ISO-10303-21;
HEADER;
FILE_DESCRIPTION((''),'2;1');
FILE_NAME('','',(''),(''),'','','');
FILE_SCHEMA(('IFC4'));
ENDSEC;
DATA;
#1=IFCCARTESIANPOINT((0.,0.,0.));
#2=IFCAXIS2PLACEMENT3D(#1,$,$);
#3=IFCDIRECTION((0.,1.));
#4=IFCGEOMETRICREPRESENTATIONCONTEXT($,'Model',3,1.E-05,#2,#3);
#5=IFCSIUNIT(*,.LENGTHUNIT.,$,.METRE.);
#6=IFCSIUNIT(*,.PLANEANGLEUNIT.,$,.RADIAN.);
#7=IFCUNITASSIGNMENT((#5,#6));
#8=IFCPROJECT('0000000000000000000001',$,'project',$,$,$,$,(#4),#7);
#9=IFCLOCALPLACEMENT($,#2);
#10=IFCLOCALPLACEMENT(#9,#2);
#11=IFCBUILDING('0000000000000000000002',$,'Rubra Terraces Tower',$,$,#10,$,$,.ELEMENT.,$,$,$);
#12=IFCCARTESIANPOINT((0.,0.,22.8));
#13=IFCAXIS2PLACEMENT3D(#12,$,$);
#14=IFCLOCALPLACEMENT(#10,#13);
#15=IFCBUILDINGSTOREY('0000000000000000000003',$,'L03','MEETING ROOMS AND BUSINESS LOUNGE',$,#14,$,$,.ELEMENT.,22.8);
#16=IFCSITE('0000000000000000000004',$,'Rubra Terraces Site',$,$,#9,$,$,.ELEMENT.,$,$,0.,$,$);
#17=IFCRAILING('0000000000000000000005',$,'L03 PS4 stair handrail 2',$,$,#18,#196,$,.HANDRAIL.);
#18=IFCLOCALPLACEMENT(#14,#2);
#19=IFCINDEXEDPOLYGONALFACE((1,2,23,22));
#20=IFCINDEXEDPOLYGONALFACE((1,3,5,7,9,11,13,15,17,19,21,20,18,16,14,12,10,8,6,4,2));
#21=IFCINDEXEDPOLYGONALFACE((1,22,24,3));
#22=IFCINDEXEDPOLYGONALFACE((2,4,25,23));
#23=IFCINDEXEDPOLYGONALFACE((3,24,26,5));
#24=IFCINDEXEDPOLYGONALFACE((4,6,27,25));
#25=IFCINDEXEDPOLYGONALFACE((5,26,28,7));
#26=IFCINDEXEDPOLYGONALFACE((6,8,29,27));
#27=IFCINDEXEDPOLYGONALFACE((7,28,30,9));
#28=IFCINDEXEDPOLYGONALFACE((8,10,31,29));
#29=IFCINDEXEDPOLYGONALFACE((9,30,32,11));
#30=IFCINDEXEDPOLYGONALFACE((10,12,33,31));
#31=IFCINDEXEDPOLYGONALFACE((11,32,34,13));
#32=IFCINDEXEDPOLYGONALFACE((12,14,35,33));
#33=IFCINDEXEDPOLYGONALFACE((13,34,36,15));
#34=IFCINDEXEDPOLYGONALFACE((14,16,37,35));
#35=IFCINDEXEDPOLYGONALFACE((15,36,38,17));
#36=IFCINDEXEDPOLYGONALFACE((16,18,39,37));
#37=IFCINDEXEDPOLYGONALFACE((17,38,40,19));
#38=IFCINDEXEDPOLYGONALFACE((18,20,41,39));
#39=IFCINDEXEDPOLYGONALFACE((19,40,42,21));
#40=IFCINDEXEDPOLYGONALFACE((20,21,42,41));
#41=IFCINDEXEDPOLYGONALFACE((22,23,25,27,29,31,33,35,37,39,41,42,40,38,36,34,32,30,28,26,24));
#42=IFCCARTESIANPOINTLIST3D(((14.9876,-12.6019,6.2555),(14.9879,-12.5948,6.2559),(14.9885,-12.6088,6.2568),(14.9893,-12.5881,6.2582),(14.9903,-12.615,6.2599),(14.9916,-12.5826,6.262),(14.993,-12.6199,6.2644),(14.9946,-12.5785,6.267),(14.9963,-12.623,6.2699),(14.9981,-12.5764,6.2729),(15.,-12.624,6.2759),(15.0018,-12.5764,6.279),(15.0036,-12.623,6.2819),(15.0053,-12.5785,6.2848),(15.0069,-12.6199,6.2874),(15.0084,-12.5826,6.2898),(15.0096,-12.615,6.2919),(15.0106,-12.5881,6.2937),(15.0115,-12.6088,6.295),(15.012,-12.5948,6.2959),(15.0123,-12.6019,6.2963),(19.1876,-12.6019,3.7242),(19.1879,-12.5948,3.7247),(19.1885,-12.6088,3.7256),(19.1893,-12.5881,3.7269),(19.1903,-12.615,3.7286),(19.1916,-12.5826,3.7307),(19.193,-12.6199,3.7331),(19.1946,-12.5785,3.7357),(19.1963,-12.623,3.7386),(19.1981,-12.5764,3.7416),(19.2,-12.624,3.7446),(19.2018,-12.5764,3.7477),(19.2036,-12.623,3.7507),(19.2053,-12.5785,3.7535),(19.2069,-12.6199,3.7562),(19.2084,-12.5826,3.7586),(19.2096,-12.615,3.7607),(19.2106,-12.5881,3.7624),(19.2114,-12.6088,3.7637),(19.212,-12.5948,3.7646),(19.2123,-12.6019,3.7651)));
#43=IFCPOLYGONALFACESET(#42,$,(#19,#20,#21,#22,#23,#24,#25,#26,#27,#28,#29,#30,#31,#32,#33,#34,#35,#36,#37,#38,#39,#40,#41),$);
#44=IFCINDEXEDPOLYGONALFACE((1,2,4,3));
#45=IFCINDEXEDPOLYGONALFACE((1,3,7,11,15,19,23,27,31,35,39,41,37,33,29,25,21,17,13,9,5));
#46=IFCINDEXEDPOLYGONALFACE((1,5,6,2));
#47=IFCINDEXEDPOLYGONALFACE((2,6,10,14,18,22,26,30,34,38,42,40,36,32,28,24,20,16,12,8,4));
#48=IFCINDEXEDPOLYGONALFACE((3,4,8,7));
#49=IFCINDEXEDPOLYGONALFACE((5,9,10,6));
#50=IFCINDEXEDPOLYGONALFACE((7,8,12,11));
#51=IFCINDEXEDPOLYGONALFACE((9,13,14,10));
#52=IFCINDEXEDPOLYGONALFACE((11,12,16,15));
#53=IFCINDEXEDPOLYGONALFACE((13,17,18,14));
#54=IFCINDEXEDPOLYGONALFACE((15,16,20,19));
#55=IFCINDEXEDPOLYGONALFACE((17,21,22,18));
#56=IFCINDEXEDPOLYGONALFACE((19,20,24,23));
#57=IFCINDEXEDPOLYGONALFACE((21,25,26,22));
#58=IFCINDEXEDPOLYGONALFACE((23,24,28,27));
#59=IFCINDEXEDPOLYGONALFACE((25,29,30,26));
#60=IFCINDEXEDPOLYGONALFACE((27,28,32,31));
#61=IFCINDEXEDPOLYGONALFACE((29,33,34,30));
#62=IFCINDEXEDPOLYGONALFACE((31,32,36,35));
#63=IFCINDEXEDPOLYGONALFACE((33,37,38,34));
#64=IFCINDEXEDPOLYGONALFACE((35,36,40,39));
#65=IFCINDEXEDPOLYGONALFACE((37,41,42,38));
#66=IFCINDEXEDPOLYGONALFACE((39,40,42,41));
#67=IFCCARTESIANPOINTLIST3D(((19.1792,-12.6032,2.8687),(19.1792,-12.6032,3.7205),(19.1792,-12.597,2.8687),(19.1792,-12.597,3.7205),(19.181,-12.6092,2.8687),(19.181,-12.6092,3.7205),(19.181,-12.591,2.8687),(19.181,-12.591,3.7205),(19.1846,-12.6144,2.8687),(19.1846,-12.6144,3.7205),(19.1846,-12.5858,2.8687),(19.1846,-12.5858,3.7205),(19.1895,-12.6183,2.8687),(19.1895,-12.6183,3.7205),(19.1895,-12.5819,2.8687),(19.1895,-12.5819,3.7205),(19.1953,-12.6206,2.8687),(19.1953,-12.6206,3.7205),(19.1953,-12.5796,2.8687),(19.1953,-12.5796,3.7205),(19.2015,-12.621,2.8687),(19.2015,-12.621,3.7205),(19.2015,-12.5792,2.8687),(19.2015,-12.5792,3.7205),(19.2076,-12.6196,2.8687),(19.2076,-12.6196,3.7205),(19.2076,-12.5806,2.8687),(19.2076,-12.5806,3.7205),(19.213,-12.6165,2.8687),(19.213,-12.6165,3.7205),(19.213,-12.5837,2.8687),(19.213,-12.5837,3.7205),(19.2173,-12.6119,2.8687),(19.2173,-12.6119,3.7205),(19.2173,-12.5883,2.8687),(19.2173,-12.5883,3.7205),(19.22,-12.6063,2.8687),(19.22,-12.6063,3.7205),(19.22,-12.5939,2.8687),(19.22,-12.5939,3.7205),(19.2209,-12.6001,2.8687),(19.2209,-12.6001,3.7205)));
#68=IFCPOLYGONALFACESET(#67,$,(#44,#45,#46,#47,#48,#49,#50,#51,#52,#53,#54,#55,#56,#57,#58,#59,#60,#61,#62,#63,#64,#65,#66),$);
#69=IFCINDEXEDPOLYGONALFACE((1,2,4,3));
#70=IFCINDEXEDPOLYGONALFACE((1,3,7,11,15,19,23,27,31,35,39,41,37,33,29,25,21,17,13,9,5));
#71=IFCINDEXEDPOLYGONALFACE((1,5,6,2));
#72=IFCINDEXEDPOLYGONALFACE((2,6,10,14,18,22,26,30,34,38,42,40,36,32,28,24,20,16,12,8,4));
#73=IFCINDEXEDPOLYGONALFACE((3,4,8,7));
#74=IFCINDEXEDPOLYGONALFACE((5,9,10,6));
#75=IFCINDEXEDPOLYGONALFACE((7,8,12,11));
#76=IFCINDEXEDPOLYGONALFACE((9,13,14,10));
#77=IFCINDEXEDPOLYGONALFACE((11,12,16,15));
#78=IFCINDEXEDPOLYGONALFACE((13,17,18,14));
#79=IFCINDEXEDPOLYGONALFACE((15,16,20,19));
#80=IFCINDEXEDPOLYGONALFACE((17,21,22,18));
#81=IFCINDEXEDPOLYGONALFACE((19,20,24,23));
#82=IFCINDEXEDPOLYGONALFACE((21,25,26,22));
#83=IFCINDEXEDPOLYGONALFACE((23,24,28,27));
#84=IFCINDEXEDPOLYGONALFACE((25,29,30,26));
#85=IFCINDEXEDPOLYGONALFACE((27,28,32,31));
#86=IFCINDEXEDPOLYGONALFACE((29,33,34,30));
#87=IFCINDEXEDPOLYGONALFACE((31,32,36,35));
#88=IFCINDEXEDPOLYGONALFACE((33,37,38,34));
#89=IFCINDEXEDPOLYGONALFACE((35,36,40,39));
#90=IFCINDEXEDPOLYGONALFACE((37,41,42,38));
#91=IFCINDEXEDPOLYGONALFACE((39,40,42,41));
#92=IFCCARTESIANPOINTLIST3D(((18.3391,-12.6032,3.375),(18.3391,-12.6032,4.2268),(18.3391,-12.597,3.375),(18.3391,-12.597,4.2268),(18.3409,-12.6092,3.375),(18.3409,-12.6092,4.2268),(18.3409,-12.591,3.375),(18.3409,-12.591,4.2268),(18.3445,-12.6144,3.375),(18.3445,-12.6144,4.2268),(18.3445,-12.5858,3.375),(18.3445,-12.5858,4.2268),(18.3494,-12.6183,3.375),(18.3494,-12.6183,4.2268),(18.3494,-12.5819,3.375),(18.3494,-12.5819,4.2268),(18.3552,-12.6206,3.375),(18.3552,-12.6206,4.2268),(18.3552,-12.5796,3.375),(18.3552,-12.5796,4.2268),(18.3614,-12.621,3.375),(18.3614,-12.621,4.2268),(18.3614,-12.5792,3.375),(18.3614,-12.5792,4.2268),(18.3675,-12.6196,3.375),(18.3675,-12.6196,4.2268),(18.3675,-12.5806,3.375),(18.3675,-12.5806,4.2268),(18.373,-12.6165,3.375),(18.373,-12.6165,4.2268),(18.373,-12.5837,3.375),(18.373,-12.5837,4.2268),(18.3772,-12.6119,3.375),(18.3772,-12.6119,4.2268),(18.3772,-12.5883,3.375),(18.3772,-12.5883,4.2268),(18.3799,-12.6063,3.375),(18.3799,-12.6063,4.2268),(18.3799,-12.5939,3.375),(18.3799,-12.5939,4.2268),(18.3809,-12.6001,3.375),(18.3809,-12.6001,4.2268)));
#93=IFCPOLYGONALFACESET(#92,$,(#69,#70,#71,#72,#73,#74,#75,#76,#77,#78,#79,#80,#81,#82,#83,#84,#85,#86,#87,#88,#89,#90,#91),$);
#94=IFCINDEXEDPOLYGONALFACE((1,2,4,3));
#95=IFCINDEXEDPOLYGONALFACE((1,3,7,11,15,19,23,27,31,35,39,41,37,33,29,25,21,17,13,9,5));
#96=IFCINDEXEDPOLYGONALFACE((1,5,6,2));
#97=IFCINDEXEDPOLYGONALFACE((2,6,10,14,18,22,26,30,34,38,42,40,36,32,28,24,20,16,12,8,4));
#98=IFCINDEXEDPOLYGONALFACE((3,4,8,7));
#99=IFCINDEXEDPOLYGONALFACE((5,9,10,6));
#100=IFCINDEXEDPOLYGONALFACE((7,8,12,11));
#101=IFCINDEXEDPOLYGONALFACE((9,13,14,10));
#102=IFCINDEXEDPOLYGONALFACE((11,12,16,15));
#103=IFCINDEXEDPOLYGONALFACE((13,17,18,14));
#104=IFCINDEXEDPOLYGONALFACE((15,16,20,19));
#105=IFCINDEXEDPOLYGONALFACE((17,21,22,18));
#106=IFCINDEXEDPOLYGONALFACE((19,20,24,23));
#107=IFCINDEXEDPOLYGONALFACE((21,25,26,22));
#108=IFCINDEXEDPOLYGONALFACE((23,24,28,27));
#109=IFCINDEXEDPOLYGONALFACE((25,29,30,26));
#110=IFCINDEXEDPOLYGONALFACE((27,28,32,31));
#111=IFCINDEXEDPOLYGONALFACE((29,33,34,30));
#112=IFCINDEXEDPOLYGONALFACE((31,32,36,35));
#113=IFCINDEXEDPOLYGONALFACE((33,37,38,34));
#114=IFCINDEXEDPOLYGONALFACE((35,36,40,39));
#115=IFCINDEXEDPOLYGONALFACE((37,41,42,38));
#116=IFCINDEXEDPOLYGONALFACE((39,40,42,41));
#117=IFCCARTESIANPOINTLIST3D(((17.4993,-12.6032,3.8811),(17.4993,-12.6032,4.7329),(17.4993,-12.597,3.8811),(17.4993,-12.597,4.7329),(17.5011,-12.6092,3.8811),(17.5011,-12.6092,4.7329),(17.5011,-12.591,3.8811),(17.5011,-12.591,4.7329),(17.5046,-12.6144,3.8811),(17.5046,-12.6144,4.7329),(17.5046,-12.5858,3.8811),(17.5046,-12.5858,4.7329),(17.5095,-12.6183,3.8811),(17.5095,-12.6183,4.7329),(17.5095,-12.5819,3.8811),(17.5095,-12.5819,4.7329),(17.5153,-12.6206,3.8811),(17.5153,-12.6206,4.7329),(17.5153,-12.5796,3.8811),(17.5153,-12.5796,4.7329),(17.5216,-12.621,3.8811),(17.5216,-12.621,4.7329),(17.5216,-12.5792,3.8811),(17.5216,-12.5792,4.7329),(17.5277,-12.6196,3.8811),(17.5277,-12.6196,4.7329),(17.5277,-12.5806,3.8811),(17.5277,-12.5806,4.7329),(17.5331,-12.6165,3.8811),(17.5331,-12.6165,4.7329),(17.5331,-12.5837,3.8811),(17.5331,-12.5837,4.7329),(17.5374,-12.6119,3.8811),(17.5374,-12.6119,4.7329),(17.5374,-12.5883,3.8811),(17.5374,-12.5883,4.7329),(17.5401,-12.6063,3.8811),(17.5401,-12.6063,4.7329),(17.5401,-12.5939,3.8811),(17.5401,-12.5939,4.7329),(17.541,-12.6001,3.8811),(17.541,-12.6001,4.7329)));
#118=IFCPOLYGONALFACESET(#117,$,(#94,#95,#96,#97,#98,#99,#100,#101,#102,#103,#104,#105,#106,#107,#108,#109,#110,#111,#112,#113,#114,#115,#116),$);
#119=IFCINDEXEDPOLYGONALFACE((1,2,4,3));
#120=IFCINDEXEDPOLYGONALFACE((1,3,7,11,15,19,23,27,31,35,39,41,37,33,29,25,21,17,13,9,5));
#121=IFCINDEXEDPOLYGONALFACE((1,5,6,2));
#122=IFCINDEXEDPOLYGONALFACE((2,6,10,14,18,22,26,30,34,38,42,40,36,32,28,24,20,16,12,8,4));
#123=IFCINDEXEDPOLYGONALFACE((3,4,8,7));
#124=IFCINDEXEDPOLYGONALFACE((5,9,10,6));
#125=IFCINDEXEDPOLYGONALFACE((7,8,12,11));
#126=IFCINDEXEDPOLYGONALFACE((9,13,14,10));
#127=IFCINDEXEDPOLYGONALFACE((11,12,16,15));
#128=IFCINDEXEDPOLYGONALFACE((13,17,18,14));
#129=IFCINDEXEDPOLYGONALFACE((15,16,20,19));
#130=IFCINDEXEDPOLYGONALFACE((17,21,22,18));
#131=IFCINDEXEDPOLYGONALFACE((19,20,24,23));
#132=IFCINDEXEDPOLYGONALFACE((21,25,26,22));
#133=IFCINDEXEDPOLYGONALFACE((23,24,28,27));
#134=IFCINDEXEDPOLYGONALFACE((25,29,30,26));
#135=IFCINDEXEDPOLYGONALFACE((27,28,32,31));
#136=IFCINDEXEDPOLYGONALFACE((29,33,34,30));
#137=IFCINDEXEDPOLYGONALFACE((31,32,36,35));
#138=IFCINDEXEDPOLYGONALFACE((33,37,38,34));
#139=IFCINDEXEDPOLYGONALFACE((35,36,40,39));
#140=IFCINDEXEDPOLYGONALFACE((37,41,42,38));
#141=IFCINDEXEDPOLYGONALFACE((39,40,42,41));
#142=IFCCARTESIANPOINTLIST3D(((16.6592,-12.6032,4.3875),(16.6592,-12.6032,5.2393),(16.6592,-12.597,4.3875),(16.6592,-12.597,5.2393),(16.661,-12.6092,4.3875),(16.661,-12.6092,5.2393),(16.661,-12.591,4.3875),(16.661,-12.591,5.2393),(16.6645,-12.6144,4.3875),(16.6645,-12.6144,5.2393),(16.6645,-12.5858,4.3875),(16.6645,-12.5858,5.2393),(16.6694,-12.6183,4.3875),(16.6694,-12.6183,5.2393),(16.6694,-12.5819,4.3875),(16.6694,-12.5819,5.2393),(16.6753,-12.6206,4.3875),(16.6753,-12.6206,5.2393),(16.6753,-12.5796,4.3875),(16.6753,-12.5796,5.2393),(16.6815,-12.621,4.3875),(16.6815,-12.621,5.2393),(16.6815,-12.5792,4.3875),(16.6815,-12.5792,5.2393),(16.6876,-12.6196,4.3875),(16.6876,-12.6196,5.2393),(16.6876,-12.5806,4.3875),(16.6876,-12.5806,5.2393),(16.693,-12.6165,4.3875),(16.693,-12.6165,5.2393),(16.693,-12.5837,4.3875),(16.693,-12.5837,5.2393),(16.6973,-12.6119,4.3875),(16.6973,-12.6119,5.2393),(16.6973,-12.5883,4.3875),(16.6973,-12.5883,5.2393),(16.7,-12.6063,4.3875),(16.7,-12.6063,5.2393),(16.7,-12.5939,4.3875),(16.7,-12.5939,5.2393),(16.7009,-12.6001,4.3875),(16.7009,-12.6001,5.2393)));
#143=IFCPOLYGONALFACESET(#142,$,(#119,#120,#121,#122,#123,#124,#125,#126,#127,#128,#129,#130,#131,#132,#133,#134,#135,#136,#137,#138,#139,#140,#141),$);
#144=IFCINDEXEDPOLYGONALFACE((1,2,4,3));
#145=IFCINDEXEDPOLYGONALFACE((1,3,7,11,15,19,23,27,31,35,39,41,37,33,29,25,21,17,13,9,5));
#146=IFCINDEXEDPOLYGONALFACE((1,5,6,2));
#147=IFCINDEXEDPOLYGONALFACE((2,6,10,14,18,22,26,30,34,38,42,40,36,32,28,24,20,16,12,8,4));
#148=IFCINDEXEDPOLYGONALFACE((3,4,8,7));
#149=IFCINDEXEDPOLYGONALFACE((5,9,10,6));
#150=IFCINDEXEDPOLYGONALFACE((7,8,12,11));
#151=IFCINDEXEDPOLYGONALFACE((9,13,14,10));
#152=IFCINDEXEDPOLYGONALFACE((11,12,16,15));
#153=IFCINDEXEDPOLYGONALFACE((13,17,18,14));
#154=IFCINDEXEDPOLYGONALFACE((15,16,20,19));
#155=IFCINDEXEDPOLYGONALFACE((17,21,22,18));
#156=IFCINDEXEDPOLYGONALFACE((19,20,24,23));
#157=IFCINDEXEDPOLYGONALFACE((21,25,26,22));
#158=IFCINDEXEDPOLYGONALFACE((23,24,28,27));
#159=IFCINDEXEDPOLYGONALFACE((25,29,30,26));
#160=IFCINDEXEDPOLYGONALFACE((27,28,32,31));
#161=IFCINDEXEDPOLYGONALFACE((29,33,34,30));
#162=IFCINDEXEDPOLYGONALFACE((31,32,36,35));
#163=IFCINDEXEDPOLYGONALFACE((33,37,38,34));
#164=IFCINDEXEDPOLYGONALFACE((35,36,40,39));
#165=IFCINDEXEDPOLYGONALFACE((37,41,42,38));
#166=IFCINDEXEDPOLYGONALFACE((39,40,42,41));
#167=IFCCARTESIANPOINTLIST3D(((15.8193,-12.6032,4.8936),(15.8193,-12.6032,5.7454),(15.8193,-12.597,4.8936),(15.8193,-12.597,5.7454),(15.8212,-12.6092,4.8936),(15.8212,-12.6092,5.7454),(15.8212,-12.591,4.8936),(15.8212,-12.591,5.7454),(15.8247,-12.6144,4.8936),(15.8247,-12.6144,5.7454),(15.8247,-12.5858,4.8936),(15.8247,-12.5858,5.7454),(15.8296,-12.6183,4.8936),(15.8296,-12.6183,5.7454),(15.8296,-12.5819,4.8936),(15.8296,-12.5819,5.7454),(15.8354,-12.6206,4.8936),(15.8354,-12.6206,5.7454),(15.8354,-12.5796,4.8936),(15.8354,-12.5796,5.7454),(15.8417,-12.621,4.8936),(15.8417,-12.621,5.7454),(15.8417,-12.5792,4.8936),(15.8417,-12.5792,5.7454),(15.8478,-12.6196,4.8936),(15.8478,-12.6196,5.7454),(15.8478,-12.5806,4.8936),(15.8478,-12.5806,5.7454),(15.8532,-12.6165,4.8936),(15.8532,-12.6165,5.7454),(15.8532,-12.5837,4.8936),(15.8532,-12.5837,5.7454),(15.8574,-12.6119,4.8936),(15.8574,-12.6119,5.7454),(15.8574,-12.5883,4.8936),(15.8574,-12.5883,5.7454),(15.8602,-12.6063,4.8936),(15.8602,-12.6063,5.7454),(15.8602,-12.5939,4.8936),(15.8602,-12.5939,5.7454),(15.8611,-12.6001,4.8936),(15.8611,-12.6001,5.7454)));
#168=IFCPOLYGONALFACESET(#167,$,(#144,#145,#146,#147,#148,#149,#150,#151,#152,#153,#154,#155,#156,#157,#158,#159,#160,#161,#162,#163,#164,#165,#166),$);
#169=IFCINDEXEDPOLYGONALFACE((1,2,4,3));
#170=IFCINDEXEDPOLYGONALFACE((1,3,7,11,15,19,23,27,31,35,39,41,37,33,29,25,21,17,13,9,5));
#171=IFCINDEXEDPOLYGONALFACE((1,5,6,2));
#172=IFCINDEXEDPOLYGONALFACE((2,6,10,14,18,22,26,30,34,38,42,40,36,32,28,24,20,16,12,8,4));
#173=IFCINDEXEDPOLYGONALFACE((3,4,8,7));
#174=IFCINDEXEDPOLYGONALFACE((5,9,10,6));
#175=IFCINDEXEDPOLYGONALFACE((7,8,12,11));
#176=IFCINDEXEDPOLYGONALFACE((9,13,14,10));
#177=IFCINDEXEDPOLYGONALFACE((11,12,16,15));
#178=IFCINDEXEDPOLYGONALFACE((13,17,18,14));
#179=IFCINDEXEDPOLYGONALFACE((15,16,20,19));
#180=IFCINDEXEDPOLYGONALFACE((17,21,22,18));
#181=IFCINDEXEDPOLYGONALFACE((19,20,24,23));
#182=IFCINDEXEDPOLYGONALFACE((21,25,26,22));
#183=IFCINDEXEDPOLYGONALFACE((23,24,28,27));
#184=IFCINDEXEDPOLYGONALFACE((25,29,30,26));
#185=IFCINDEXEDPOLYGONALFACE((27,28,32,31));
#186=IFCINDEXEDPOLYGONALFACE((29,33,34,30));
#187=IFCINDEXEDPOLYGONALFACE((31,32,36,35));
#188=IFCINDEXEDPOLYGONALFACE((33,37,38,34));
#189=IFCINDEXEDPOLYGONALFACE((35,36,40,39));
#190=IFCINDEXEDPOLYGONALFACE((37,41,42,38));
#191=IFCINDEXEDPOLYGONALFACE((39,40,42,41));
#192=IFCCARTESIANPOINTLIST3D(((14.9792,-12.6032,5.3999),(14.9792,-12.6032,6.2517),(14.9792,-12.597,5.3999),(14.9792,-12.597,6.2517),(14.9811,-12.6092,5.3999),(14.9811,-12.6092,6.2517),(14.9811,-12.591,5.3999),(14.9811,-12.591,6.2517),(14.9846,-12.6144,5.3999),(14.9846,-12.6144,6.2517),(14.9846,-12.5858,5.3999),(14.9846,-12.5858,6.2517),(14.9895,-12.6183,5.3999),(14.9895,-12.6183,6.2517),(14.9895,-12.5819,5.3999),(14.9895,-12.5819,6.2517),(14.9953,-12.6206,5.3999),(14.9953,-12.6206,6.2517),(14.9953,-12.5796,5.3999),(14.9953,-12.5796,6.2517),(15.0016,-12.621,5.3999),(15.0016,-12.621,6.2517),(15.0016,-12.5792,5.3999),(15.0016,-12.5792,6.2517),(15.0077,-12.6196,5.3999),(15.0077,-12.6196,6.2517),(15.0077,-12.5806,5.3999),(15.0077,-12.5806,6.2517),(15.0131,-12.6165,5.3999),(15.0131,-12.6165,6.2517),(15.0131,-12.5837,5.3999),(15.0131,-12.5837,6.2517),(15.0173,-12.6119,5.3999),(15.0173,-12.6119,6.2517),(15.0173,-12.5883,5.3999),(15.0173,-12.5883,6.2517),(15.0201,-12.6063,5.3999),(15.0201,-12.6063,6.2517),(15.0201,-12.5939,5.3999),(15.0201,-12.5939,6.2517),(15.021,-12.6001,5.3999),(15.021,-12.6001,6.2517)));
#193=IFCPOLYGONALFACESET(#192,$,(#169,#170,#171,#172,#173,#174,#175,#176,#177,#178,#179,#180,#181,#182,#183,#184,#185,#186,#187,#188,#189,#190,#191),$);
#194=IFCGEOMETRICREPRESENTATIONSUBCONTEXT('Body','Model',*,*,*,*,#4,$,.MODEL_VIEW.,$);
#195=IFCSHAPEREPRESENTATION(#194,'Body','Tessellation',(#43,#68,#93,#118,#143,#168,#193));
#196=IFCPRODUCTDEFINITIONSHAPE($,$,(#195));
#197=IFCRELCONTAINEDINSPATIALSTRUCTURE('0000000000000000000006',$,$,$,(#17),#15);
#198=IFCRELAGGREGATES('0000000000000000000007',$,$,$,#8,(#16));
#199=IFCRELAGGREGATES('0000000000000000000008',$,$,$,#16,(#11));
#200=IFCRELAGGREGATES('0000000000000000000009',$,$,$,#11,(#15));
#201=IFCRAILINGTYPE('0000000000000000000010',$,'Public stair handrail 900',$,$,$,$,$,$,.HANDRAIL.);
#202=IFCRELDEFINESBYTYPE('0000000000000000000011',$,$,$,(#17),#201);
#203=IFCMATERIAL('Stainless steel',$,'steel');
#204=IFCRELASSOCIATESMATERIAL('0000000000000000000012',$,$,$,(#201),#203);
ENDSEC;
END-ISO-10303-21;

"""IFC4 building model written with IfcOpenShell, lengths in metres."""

from ifc_helpers import new_model, si_unit, direction, frame, origin, origin_2d, place, context, subcontext, project, spatial, circle, extrude, material, type_object, element, save


model = new_model("IFC4")

# Units and contexts
model_context = context("Model", 3, precision=1e-05, world=origin(), true_north=direction((0.0, 1.0)))
body_context = subcontext(model_context, "Body", "Model", "MODEL_VIEW")
ifc_project = project(units=[si_unit("LENGTHUNIT", "METRE"), si_unit("PLANEANGLEUNIT", "RADIAN")], contexts=[model_context])

# Site, building, storey
site_placement = place(None, origin())
site = spatial("IfcSite", under=ifc_project, at=site_placement, Name="Rubra Terraces Site", CompositionType="ELEMENT", RefElevation=0.0)
building_placement = place(site_placement, origin())
building = spatial("IfcBuilding", under=site, at=building_placement, Name="Rubra Terraces Tower", CompositionType="ELEMENT")
storey_placement = place(building_placement, frame((0.0, 0.0, 22.8)))
storey = spatial("IfcBuildingStorey", under=building, at=storey_placement, Name="L03", Description="MEETING ROOMS AND BUSINESS LOUNGE", CompositionType="ELEMENT", Elevation=22.8)

# Railing
ifc_material_1 = material(Name="Stainless steel", Category="steel")
railing_type_1 = type_object("IfcRailingType", Name="Public stair handrail 900", PredefinedType="HANDRAIL", material=ifc_material_1)
railing_1_placement = place(storey_placement, frame((19.2, -12.6001, 2.8687)))
element("IfcRailing", 1, at=railing_1_placement, inside=storey, type_object=railing_type_1, Name="L03 PS4 stair handrail 2", PredefinedType="HANDRAIL", context=body_context, shape_type="SweptSolid", body=[
    extrude(circle(Radius=0.0239, at=origin_2d()), frame((0.0, 0.0, 0.876), z_axis=(-0.856476, 0.0, 0.516186), x_axis=(0.0, -1.0, 0.0)), (0.0, 0.0, 1.0), 4.9038),
    extrude(circle(Radius=0.021, at=origin_2d()), origin(), (0.0, 0.0, 1.0), 0.8518),
    extrude(circle(Radius=0.021, at=origin_2d()), frame((-0.8401, 0.0, 0.5063)), (0.0, 0.0, 1.0), 0.8518),
    extrude(circle(Radius=0.021, at=origin_2d()), frame((-1.6799, 0.0, 1.0125)), (0.0, 0.0, 1.0), 0.8518),
    extrude(circle(Radius=0.021, at=origin_2d()), frame((-2.52, 0.0, 1.5188)), (0.0, 0.0, 1.0), 0.8518),
    extrude(circle(Radius=0.021, at=origin_2d()), frame((-3.3599, 0.0, 2.0249)), (0.0, 0.0, 1.0), 0.8518),
    extrude(circle(Radius=0.021, at=origin_2d()), frame((-4.2, 0.0, 2.5312)), (0.0, 0.0, 1.0), 0.8518),
])

save(model, "model.ifc")
